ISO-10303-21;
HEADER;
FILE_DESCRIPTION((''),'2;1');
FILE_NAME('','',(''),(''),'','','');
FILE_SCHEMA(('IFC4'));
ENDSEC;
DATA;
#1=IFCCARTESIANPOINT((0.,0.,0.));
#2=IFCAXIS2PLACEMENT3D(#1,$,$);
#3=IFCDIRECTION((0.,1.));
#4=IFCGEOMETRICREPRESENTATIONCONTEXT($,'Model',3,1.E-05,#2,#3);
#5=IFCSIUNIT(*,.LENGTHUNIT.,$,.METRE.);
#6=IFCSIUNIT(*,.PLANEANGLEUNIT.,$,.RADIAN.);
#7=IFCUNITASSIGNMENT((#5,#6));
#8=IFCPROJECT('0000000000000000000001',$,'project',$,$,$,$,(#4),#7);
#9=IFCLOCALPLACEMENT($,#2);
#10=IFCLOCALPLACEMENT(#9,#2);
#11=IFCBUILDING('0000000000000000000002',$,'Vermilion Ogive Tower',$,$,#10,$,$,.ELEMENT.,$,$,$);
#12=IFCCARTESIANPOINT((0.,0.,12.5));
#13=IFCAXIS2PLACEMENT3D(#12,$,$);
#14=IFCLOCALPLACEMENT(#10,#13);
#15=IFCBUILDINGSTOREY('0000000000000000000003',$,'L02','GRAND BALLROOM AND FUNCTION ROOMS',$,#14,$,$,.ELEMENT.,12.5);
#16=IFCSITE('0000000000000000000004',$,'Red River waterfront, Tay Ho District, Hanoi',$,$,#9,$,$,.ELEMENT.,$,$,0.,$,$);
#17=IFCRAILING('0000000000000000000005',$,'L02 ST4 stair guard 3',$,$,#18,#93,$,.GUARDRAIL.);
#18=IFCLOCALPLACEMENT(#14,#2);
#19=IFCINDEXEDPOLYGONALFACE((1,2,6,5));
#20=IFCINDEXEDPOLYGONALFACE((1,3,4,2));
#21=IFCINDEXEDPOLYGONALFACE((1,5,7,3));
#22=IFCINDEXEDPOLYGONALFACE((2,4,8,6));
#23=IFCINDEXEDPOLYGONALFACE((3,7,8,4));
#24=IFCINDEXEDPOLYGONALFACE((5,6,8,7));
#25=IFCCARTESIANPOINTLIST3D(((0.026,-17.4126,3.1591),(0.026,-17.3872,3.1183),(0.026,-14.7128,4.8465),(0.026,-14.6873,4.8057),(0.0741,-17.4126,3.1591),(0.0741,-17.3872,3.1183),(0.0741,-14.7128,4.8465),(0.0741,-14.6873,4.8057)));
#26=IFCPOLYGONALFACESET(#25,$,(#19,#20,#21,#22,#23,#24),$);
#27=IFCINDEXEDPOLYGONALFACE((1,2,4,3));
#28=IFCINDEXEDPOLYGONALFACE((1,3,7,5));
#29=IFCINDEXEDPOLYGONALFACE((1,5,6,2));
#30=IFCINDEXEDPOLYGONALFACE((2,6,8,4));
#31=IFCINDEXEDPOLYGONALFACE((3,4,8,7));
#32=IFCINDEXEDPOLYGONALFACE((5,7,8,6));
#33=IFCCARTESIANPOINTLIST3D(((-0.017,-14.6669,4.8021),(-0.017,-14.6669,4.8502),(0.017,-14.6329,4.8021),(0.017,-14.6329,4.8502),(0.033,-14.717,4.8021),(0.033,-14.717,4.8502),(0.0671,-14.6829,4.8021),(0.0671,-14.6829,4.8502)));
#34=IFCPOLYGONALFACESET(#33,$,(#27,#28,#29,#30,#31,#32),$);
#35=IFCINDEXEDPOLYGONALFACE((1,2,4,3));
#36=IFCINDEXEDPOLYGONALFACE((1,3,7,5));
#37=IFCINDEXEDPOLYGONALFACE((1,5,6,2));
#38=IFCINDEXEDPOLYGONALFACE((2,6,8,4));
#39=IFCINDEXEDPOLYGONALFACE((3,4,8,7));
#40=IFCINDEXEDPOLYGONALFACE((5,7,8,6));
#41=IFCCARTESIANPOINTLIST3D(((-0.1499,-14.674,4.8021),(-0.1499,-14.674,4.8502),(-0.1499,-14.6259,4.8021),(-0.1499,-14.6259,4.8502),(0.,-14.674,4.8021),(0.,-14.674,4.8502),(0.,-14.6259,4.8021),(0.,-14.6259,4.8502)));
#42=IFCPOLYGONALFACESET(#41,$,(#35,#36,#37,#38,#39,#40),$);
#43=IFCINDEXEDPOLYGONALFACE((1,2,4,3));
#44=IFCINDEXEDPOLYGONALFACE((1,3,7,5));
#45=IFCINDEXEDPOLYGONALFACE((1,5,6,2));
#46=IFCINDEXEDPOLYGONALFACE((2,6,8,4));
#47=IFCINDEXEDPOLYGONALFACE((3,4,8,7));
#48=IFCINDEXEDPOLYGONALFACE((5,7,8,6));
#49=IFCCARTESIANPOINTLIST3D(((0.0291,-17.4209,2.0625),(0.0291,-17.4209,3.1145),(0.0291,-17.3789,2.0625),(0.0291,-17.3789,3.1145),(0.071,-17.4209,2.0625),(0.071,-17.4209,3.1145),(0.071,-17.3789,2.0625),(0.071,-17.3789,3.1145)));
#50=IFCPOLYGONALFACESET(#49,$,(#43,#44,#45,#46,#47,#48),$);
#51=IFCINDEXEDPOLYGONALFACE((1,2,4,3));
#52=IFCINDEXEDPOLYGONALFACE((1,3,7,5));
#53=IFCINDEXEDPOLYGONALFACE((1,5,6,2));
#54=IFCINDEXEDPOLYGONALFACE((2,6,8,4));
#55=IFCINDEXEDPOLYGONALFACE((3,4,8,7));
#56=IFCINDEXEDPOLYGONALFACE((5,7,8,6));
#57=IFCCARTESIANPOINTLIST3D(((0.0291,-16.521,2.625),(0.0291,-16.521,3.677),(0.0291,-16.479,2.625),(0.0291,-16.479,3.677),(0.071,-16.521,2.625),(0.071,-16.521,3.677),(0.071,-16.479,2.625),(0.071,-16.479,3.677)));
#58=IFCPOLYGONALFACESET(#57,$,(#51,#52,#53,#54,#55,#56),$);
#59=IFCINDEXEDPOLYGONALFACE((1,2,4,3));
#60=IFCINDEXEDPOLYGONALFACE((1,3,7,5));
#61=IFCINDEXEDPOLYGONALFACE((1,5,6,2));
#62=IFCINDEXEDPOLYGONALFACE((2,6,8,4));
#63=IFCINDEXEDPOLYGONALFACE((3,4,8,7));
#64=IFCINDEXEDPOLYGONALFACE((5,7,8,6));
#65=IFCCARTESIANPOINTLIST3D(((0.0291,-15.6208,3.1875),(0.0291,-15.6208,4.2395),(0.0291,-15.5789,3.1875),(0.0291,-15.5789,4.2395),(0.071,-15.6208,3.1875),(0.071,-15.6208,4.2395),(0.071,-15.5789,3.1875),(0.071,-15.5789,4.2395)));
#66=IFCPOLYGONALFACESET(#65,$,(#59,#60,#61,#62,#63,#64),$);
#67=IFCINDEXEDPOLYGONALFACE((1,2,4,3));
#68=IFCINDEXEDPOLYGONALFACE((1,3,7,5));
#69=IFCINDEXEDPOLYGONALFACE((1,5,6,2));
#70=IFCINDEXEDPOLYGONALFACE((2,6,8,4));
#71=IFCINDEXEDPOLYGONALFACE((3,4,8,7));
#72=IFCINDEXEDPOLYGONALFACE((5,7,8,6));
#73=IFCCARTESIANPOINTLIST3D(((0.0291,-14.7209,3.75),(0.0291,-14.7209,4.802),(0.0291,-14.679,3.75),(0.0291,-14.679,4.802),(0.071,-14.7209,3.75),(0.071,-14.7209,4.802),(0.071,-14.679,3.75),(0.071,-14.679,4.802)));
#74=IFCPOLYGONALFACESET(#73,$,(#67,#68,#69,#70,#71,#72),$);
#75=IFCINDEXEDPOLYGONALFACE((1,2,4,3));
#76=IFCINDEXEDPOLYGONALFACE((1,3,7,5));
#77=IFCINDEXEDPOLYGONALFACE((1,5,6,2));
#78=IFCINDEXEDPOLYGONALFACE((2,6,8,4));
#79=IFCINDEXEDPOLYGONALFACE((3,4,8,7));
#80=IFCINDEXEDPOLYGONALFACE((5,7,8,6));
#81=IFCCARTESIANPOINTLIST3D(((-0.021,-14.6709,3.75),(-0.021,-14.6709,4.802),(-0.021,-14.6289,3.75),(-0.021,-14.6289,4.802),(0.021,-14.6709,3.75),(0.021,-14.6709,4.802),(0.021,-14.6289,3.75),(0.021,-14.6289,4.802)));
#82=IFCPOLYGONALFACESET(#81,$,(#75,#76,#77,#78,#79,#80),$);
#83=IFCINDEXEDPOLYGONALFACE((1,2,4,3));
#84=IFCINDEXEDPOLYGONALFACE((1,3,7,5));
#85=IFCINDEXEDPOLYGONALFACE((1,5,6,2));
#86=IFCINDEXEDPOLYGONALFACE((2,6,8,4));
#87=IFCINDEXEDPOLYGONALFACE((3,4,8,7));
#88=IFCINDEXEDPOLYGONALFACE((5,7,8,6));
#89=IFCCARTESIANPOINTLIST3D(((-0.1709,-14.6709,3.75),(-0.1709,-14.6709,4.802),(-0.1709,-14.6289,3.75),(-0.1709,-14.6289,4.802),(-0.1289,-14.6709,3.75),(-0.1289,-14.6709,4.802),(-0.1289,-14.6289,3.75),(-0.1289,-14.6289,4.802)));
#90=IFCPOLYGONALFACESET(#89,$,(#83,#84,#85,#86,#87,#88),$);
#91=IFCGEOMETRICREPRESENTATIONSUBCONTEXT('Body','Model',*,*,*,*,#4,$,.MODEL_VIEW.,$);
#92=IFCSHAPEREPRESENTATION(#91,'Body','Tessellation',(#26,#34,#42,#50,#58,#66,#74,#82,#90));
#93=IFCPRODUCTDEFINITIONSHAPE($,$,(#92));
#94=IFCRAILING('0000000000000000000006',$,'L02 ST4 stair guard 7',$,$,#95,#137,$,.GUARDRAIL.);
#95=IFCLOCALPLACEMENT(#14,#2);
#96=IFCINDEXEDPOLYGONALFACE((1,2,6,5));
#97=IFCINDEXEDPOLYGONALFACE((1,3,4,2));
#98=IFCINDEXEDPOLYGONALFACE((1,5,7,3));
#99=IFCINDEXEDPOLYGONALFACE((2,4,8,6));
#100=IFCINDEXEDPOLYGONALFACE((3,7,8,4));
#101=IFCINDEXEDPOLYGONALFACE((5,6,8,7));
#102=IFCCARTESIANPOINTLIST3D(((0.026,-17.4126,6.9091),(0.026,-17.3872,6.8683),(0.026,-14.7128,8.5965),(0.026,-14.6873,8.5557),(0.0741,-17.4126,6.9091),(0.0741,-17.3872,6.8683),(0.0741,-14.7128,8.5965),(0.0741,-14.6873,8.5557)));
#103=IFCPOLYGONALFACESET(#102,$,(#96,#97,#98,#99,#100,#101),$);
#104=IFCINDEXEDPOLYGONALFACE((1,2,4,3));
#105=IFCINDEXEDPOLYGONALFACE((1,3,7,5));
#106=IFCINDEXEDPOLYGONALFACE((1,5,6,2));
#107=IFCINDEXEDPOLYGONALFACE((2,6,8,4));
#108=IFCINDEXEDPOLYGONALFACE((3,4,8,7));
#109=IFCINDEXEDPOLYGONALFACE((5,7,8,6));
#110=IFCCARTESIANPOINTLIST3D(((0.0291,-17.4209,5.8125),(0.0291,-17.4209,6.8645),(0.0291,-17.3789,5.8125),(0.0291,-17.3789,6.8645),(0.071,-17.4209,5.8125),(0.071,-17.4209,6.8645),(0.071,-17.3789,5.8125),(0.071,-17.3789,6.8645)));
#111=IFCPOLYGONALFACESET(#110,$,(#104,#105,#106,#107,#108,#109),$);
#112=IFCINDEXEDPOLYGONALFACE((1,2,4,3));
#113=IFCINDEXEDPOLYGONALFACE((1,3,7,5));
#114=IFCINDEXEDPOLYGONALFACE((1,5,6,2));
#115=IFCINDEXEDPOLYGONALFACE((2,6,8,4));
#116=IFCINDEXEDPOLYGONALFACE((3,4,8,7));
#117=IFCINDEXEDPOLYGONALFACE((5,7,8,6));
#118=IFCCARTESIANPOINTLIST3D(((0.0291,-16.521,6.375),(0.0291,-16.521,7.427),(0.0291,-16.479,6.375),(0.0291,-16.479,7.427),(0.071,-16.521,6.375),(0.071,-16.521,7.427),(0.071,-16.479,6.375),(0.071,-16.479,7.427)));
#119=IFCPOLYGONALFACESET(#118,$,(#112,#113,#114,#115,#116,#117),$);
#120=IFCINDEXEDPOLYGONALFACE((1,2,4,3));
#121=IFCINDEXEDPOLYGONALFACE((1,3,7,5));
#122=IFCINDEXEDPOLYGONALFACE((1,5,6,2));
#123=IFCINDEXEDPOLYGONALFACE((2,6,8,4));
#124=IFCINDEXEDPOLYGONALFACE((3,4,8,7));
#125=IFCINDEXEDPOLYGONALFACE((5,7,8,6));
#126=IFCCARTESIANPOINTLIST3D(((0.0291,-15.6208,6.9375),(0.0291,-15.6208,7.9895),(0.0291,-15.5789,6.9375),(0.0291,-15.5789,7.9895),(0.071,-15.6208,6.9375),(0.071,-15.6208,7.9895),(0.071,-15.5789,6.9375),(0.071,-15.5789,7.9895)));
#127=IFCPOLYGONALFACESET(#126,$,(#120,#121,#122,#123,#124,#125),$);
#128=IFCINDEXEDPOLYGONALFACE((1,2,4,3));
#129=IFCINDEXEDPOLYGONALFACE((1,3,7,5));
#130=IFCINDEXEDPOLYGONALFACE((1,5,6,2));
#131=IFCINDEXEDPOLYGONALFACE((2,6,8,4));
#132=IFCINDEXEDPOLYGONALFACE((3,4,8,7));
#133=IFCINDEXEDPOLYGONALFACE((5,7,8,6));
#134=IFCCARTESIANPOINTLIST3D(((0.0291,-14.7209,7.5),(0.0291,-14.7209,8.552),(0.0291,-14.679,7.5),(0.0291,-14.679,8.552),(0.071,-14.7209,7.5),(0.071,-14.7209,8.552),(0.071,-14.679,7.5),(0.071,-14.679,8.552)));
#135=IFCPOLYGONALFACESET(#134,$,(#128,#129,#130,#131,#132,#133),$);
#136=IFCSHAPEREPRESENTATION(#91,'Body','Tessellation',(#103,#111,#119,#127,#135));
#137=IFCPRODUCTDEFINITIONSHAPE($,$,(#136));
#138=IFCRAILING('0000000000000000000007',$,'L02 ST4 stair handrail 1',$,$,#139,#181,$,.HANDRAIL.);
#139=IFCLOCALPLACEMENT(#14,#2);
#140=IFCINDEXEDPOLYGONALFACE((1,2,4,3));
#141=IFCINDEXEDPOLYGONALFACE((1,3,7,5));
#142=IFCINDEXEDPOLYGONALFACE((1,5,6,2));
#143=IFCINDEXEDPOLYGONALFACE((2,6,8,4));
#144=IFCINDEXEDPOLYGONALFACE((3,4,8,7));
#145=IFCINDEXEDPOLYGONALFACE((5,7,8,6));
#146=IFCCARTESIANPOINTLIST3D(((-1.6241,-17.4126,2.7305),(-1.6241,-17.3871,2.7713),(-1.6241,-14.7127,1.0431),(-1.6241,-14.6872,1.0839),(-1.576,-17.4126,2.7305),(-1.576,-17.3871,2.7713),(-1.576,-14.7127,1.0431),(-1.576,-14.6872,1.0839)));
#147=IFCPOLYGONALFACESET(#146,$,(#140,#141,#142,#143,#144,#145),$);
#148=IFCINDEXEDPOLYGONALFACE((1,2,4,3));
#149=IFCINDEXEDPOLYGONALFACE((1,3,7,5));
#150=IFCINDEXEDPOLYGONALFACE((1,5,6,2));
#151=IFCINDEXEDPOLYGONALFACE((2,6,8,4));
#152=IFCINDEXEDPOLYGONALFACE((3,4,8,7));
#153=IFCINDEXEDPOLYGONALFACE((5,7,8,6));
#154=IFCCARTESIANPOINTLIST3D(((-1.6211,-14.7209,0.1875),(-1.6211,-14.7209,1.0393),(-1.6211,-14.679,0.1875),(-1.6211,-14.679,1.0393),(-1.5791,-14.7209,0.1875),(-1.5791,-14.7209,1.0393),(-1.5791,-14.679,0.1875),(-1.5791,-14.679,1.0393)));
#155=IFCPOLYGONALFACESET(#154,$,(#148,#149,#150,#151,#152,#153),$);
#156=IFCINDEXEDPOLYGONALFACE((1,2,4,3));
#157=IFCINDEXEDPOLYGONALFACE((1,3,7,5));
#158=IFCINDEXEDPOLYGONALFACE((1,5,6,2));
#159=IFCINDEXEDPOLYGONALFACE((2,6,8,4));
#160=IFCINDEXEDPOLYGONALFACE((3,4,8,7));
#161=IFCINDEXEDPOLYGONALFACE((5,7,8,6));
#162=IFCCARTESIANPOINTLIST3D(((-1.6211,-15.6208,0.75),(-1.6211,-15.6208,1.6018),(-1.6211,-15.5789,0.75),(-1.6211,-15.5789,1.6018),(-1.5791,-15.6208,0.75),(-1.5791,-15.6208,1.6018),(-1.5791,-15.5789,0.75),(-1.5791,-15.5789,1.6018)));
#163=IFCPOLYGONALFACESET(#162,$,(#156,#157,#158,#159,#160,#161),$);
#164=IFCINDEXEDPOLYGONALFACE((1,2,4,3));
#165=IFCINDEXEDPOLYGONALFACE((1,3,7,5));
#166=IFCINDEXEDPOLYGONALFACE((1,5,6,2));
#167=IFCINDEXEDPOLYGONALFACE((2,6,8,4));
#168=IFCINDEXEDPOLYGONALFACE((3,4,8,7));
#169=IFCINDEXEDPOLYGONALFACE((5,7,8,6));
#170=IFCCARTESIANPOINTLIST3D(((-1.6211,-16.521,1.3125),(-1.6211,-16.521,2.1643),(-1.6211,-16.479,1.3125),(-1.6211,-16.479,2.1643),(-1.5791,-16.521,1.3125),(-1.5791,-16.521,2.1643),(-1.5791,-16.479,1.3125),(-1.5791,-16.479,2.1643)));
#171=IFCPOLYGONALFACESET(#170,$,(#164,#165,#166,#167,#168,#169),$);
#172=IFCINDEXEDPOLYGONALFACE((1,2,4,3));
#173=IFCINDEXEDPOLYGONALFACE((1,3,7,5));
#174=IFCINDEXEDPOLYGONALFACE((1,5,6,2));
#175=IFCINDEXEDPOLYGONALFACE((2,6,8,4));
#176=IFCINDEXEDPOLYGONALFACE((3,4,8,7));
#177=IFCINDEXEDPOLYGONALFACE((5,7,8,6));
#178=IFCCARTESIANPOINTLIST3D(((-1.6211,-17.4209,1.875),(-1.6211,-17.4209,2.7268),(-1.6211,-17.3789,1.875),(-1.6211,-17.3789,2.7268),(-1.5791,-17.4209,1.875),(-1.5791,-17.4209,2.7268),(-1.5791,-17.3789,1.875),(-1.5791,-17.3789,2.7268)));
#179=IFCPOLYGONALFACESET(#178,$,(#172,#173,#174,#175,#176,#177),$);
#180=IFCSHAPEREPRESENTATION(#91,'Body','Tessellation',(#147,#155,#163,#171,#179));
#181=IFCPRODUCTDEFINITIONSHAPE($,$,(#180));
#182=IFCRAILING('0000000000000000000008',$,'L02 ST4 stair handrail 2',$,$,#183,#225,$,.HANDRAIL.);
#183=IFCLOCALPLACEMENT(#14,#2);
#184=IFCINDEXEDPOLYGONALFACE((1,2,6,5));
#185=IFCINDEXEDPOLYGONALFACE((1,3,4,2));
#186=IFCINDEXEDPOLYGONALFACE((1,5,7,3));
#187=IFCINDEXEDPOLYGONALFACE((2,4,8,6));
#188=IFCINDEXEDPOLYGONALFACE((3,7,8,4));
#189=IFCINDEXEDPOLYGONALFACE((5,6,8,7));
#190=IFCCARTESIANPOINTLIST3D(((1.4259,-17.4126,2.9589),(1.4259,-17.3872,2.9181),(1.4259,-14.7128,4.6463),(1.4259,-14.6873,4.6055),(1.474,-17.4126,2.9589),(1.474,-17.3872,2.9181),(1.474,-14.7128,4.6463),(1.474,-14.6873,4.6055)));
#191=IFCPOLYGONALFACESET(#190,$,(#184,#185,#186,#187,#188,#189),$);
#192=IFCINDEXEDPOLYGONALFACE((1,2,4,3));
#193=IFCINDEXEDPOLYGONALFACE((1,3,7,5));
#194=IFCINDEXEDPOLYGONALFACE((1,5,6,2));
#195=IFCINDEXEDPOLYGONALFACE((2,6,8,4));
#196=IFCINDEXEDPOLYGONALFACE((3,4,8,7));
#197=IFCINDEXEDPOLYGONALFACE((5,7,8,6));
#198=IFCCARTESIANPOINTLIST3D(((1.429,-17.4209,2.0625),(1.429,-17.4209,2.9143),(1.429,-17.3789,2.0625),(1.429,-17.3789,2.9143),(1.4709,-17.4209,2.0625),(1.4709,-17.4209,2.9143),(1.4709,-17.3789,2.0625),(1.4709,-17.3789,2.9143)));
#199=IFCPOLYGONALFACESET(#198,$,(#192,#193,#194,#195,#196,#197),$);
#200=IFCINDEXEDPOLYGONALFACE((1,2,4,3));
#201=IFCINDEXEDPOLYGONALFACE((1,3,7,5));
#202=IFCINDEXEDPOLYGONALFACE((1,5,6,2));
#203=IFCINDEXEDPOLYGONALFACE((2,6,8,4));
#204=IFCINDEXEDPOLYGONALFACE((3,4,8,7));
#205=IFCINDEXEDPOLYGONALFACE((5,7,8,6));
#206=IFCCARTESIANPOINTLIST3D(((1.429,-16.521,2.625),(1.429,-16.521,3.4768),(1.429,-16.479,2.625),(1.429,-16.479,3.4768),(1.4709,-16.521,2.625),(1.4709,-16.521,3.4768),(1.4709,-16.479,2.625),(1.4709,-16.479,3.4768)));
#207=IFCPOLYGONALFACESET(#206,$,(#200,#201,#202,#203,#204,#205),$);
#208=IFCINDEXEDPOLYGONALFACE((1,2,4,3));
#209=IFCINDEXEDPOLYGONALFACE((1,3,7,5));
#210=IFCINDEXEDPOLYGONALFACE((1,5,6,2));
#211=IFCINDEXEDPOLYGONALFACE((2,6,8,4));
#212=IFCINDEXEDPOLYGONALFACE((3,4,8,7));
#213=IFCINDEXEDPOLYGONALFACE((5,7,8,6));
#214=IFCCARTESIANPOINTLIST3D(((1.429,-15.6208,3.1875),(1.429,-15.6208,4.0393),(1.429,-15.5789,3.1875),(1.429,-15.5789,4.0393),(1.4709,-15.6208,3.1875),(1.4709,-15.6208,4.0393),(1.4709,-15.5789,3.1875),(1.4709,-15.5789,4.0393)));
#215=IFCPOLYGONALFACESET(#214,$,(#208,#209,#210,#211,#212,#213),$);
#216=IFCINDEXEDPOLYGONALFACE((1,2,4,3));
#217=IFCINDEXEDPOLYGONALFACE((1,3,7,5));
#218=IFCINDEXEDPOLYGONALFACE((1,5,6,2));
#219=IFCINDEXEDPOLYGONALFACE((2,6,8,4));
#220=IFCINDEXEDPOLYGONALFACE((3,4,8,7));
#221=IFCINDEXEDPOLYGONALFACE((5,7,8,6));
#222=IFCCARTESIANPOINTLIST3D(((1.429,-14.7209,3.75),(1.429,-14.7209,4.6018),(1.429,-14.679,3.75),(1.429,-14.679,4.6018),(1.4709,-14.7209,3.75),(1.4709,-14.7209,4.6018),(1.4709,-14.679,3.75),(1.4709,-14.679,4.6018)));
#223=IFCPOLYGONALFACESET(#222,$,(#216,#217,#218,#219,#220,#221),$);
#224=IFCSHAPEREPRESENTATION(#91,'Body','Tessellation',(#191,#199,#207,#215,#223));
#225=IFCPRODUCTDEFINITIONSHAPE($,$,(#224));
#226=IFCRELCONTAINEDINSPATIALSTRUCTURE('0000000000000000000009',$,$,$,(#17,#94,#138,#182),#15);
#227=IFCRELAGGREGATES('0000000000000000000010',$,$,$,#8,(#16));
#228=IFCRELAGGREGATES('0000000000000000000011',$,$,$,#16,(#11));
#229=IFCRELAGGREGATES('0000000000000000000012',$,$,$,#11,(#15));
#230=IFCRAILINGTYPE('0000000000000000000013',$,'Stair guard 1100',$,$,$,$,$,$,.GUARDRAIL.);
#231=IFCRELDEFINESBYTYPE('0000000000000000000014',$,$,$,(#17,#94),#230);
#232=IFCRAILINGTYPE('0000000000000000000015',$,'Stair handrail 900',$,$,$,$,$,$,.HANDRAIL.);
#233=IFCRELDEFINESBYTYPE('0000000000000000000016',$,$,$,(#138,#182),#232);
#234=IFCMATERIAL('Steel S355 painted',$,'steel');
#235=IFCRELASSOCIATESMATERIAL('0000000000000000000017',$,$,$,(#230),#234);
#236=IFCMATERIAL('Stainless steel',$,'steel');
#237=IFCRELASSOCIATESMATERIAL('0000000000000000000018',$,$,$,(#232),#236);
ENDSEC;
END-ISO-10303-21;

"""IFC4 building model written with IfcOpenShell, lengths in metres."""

from ifc_helpers import new_model, si_unit, direction, frame, origin, origin_2d, place, context, subcontext, project, spatial, rectangle, extrude, material, type_object, element, save


model = new_model("IFC4")

# Units and contexts
model_context = context("Model", 3, precision=1e-05, world=origin(), true_north=direction((0.0, 1.0)))
body_context = subcontext(model_context, "Body", "Model", "MODEL_VIEW")
ifc_project = project(units=[si_unit("LENGTHUNIT", "METRE"), si_unit("PLANEANGLEUNIT", "RADIAN")], contexts=[model_context])

# Site, building, storey
site_placement = place(None, origin())
site = spatial("IfcSite", under=ifc_project, at=site_placement, Name="Red River waterfront, Tay Ho District, Hanoi", CompositionType="ELEMENT", RefElevation=0.0)
building_placement = place(site_placement, origin())
building = spatial("IfcBuilding", under=site, at=building_placement, Name="Vermilion Ogive Tower", CompositionType="ELEMENT")
storey_placement = place(building_placement, frame((0.0, 0.0, 12.5)))
storey = spatial("IfcBuildingStorey", under=building, at=storey_placement, Name="L02", Description="GRAND BALLROOM AND FUNCTION ROOMS", CompositionType="ELEMENT", Elevation=12.5)

# Railings
ifc_material_1 = material(Name="Steel S355 painted", Category="steel")
railing_type_1 = type_object("IfcRailingType", Name="Stair guard 1100", PredefinedType="GUARDRAIL", material=ifc_material_1)
railing_1_placement = place(storey_placement, frame((0.05, -17.3999, 2.0625)))
element("IfcRailing", 1, at=railing_1_placement, inside=storey, type_object=railing_type_1, Name="L02 ST4 stair guard 3", PredefinedType="GUARDRAIL", context=body_context, shape_type="SweptSolid", body=[
    extrude(rectangle(XDim=0.0481, YDim=0.0481, at=origin_2d()), frame((0.0, 0.0, 1.0762), z_axis=(0.0, 0.847994, 0.530006), x_axis=(-1.0, 0.0, 0.0)), (0.0, 0.0, 1.0), 3.1838),
    extrude(rectangle(XDim=0.0481, YDim=0.0481, at=origin_2d()), frame((0.0, 2.7, 2.7637), z_axis=(-0.707107, 0.707107, 0.0), x_axis=(-0.707107, -0.707107, 0.0)), (0.0, 0.0, 1.0), 0.0708),
    extrude(rectangle(XDim=0.0481, YDim=0.0481, at=origin_2d()), frame((-0.05, 2.75, 2.7637), z_axis=(-1.0, 0.0, 0.0), x_axis=(0.0, -1.0, 0.0)), (0.0, 0.0, 1.0), 0.1499),
    extrude(rectangle(XDim=0.042, YDim=0.042, at=origin_2d()), origin(), (0.0, 0.0, 1.0), 1.052),
    extrude(rectangle(XDim=0.042, YDim=0.042, at=origin_2d()), frame((0.0, 0.8999, 0.5625)), (0.0, 0.0, 1.0), 1.052),
    extrude(rectangle(XDim=0.042, YDim=0.042, at=origin_2d()), frame((0.0, 1.8, 1.125)), (0.0, 0.0, 1.0), 1.052),
    extrude(rectangle(XDim=0.042, YDim=0.042, at=origin_2d()), frame((0.0, 2.7, 1.6875)), (0.0, 0.0, 1.0), 1.052),
    extrude(rectangle(XDim=0.042, YDim=0.042, at=origin_2d()), frame((-0.05, 2.75, 1.6875)), (0.0, 0.0, 1.0), 1.052),
    extrude(rectangle(XDim=0.042, YDim=0.042, at=origin_2d()), frame((-0.2, 2.75, 1.6875)), (0.0, 0.0, 1.0), 1.052),
])
railing_2_placement = place(storey_placement, frame((0.05, -17.3999, 5.8125)))
element("IfcRailing", 2, at=railing_2_placement, inside=storey, type_object=railing_type_1, Name="L02 ST4 stair guard 7", PredefinedType="GUARDRAIL", context=body_context, shape_type="SweptSolid", body=[
    extrude(rectangle(XDim=0.0481, YDim=0.0481, at=origin_2d()), frame((0.0, 0.0, 1.0762), z_axis=(0.0, 0.847994, 0.530006), x_axis=(-1.0, 0.0, 0.0)), (0.0, 0.0, 1.0), 3.1838),
    extrude(rectangle(XDim=0.042, YDim=0.042, at=origin_2d()), origin(), (0.0, 0.0, 1.0), 1.052),
    extrude(rectangle(XDim=0.042, YDim=0.042, at=origin_2d()), frame((0.0, 0.8999, 0.5625)), (0.0, 0.0, 1.0), 1.052),
    extrude(rectangle(XDim=0.042, YDim=0.042, at=origin_2d()), frame((0.0, 1.8, 1.125)), (0.0, 0.0, 1.0), 1.052),
    extrude(rectangle(XDim=0.042, YDim=0.042, at=origin_2d()), frame((0.0, 2.7, 1.6875)), (0.0, 0.0, 1.0), 1.052),
])
ifc_material_2 = material(Name="Stainless steel", Category="steel")
railing_type_2 = type_object("IfcRailingType", Name="Stair handrail 900", PredefinedType="HANDRAIL", material=ifc_material_2)
railing_3_placement = place(storey_placement, frame((-1.6001, -14.7, 0.1875)))
element("IfcRailing", 3, at=railing_3_placement, inside=storey, type_object=railing_type_2, Name="L02 ST4 stair handrail 1", PredefinedType="HANDRAIL", context=body_context, shape_type="SweptSolid", body=[
    extrude(rectangle(XDim=0.0481, YDim=0.0481, at=origin_2d()), frame((0.0, 0.0, 0.876), z_axis=(0.0, -0.847994, 0.530006), x_axis=(1.0, 0.0, 0.0)), (0.0, 0.0, 1.0), 3.1838),
    extrude(rectangle(XDim=0.042, YDim=0.042, at=origin_2d()), origin(), (0.0, 0.0, 1.0), 0.8518),
    extrude(rectangle(XDim=0.042, YDim=0.042, at=origin_2d()), frame((0.0, -0.8999, 0.5625)), (0.0, 0.0, 1.0), 0.8518),
    extrude(rectangle(XDim=0.042, YDim=0.042, at=origin_2d()), frame((0.0, -1.8, 1.125)), (0.0, 0.0, 1.0), 0.8518),
    extrude(rectangle(XDim=0.042, YDim=0.042, at=origin_2d()), frame((0.0, -2.7, 1.6875)), (0.0, 0.0, 1.0), 0.8518),
])
railing_4_placement = place(storey_placement, frame((1.45, -17.3999, 2.0625)))
element("IfcRailing", 4, at=railing_4_placement, inside=storey, type_object=railing_type_2, Name="L02 ST4 stair handrail 2", PredefinedType="HANDRAIL", context=body_context, shape_type="SweptSolid", body=[
    extrude(rectangle(XDim=0.0481, YDim=0.0481, at=origin_2d()), frame((0.0, 0.0, 0.876), z_axis=(0.0, 0.847994, 0.530006), x_axis=(-1.0, 0.0, 0.0)), (0.0, 0.0, 1.0), 3.1838),
    extrude(rectangle(XDim=0.042, YDim=0.042, at=origin_2d()), origin(), (0.0, 0.0, 1.0), 0.8518),
    extrude(rectangle(XDim=0.042, YDim=0.042, at=origin_2d()), frame((0.0, 0.8999, 0.5625)), (0.0, 0.0, 1.0), 0.8518),
    extrude(rectangle(XDim=0.042, YDim=0.042, at=origin_2d()), frame((0.0, 1.8, 1.125)), (0.0, 0.0, 1.0), 0.8518),
    extrude(rectangle(XDim=0.042, YDim=0.042, at=origin_2d()), frame((0.0, 2.7, 1.6875)), (0.0, 0.0, 1.0), 0.8518),
])

save(model, "model.ifc")
